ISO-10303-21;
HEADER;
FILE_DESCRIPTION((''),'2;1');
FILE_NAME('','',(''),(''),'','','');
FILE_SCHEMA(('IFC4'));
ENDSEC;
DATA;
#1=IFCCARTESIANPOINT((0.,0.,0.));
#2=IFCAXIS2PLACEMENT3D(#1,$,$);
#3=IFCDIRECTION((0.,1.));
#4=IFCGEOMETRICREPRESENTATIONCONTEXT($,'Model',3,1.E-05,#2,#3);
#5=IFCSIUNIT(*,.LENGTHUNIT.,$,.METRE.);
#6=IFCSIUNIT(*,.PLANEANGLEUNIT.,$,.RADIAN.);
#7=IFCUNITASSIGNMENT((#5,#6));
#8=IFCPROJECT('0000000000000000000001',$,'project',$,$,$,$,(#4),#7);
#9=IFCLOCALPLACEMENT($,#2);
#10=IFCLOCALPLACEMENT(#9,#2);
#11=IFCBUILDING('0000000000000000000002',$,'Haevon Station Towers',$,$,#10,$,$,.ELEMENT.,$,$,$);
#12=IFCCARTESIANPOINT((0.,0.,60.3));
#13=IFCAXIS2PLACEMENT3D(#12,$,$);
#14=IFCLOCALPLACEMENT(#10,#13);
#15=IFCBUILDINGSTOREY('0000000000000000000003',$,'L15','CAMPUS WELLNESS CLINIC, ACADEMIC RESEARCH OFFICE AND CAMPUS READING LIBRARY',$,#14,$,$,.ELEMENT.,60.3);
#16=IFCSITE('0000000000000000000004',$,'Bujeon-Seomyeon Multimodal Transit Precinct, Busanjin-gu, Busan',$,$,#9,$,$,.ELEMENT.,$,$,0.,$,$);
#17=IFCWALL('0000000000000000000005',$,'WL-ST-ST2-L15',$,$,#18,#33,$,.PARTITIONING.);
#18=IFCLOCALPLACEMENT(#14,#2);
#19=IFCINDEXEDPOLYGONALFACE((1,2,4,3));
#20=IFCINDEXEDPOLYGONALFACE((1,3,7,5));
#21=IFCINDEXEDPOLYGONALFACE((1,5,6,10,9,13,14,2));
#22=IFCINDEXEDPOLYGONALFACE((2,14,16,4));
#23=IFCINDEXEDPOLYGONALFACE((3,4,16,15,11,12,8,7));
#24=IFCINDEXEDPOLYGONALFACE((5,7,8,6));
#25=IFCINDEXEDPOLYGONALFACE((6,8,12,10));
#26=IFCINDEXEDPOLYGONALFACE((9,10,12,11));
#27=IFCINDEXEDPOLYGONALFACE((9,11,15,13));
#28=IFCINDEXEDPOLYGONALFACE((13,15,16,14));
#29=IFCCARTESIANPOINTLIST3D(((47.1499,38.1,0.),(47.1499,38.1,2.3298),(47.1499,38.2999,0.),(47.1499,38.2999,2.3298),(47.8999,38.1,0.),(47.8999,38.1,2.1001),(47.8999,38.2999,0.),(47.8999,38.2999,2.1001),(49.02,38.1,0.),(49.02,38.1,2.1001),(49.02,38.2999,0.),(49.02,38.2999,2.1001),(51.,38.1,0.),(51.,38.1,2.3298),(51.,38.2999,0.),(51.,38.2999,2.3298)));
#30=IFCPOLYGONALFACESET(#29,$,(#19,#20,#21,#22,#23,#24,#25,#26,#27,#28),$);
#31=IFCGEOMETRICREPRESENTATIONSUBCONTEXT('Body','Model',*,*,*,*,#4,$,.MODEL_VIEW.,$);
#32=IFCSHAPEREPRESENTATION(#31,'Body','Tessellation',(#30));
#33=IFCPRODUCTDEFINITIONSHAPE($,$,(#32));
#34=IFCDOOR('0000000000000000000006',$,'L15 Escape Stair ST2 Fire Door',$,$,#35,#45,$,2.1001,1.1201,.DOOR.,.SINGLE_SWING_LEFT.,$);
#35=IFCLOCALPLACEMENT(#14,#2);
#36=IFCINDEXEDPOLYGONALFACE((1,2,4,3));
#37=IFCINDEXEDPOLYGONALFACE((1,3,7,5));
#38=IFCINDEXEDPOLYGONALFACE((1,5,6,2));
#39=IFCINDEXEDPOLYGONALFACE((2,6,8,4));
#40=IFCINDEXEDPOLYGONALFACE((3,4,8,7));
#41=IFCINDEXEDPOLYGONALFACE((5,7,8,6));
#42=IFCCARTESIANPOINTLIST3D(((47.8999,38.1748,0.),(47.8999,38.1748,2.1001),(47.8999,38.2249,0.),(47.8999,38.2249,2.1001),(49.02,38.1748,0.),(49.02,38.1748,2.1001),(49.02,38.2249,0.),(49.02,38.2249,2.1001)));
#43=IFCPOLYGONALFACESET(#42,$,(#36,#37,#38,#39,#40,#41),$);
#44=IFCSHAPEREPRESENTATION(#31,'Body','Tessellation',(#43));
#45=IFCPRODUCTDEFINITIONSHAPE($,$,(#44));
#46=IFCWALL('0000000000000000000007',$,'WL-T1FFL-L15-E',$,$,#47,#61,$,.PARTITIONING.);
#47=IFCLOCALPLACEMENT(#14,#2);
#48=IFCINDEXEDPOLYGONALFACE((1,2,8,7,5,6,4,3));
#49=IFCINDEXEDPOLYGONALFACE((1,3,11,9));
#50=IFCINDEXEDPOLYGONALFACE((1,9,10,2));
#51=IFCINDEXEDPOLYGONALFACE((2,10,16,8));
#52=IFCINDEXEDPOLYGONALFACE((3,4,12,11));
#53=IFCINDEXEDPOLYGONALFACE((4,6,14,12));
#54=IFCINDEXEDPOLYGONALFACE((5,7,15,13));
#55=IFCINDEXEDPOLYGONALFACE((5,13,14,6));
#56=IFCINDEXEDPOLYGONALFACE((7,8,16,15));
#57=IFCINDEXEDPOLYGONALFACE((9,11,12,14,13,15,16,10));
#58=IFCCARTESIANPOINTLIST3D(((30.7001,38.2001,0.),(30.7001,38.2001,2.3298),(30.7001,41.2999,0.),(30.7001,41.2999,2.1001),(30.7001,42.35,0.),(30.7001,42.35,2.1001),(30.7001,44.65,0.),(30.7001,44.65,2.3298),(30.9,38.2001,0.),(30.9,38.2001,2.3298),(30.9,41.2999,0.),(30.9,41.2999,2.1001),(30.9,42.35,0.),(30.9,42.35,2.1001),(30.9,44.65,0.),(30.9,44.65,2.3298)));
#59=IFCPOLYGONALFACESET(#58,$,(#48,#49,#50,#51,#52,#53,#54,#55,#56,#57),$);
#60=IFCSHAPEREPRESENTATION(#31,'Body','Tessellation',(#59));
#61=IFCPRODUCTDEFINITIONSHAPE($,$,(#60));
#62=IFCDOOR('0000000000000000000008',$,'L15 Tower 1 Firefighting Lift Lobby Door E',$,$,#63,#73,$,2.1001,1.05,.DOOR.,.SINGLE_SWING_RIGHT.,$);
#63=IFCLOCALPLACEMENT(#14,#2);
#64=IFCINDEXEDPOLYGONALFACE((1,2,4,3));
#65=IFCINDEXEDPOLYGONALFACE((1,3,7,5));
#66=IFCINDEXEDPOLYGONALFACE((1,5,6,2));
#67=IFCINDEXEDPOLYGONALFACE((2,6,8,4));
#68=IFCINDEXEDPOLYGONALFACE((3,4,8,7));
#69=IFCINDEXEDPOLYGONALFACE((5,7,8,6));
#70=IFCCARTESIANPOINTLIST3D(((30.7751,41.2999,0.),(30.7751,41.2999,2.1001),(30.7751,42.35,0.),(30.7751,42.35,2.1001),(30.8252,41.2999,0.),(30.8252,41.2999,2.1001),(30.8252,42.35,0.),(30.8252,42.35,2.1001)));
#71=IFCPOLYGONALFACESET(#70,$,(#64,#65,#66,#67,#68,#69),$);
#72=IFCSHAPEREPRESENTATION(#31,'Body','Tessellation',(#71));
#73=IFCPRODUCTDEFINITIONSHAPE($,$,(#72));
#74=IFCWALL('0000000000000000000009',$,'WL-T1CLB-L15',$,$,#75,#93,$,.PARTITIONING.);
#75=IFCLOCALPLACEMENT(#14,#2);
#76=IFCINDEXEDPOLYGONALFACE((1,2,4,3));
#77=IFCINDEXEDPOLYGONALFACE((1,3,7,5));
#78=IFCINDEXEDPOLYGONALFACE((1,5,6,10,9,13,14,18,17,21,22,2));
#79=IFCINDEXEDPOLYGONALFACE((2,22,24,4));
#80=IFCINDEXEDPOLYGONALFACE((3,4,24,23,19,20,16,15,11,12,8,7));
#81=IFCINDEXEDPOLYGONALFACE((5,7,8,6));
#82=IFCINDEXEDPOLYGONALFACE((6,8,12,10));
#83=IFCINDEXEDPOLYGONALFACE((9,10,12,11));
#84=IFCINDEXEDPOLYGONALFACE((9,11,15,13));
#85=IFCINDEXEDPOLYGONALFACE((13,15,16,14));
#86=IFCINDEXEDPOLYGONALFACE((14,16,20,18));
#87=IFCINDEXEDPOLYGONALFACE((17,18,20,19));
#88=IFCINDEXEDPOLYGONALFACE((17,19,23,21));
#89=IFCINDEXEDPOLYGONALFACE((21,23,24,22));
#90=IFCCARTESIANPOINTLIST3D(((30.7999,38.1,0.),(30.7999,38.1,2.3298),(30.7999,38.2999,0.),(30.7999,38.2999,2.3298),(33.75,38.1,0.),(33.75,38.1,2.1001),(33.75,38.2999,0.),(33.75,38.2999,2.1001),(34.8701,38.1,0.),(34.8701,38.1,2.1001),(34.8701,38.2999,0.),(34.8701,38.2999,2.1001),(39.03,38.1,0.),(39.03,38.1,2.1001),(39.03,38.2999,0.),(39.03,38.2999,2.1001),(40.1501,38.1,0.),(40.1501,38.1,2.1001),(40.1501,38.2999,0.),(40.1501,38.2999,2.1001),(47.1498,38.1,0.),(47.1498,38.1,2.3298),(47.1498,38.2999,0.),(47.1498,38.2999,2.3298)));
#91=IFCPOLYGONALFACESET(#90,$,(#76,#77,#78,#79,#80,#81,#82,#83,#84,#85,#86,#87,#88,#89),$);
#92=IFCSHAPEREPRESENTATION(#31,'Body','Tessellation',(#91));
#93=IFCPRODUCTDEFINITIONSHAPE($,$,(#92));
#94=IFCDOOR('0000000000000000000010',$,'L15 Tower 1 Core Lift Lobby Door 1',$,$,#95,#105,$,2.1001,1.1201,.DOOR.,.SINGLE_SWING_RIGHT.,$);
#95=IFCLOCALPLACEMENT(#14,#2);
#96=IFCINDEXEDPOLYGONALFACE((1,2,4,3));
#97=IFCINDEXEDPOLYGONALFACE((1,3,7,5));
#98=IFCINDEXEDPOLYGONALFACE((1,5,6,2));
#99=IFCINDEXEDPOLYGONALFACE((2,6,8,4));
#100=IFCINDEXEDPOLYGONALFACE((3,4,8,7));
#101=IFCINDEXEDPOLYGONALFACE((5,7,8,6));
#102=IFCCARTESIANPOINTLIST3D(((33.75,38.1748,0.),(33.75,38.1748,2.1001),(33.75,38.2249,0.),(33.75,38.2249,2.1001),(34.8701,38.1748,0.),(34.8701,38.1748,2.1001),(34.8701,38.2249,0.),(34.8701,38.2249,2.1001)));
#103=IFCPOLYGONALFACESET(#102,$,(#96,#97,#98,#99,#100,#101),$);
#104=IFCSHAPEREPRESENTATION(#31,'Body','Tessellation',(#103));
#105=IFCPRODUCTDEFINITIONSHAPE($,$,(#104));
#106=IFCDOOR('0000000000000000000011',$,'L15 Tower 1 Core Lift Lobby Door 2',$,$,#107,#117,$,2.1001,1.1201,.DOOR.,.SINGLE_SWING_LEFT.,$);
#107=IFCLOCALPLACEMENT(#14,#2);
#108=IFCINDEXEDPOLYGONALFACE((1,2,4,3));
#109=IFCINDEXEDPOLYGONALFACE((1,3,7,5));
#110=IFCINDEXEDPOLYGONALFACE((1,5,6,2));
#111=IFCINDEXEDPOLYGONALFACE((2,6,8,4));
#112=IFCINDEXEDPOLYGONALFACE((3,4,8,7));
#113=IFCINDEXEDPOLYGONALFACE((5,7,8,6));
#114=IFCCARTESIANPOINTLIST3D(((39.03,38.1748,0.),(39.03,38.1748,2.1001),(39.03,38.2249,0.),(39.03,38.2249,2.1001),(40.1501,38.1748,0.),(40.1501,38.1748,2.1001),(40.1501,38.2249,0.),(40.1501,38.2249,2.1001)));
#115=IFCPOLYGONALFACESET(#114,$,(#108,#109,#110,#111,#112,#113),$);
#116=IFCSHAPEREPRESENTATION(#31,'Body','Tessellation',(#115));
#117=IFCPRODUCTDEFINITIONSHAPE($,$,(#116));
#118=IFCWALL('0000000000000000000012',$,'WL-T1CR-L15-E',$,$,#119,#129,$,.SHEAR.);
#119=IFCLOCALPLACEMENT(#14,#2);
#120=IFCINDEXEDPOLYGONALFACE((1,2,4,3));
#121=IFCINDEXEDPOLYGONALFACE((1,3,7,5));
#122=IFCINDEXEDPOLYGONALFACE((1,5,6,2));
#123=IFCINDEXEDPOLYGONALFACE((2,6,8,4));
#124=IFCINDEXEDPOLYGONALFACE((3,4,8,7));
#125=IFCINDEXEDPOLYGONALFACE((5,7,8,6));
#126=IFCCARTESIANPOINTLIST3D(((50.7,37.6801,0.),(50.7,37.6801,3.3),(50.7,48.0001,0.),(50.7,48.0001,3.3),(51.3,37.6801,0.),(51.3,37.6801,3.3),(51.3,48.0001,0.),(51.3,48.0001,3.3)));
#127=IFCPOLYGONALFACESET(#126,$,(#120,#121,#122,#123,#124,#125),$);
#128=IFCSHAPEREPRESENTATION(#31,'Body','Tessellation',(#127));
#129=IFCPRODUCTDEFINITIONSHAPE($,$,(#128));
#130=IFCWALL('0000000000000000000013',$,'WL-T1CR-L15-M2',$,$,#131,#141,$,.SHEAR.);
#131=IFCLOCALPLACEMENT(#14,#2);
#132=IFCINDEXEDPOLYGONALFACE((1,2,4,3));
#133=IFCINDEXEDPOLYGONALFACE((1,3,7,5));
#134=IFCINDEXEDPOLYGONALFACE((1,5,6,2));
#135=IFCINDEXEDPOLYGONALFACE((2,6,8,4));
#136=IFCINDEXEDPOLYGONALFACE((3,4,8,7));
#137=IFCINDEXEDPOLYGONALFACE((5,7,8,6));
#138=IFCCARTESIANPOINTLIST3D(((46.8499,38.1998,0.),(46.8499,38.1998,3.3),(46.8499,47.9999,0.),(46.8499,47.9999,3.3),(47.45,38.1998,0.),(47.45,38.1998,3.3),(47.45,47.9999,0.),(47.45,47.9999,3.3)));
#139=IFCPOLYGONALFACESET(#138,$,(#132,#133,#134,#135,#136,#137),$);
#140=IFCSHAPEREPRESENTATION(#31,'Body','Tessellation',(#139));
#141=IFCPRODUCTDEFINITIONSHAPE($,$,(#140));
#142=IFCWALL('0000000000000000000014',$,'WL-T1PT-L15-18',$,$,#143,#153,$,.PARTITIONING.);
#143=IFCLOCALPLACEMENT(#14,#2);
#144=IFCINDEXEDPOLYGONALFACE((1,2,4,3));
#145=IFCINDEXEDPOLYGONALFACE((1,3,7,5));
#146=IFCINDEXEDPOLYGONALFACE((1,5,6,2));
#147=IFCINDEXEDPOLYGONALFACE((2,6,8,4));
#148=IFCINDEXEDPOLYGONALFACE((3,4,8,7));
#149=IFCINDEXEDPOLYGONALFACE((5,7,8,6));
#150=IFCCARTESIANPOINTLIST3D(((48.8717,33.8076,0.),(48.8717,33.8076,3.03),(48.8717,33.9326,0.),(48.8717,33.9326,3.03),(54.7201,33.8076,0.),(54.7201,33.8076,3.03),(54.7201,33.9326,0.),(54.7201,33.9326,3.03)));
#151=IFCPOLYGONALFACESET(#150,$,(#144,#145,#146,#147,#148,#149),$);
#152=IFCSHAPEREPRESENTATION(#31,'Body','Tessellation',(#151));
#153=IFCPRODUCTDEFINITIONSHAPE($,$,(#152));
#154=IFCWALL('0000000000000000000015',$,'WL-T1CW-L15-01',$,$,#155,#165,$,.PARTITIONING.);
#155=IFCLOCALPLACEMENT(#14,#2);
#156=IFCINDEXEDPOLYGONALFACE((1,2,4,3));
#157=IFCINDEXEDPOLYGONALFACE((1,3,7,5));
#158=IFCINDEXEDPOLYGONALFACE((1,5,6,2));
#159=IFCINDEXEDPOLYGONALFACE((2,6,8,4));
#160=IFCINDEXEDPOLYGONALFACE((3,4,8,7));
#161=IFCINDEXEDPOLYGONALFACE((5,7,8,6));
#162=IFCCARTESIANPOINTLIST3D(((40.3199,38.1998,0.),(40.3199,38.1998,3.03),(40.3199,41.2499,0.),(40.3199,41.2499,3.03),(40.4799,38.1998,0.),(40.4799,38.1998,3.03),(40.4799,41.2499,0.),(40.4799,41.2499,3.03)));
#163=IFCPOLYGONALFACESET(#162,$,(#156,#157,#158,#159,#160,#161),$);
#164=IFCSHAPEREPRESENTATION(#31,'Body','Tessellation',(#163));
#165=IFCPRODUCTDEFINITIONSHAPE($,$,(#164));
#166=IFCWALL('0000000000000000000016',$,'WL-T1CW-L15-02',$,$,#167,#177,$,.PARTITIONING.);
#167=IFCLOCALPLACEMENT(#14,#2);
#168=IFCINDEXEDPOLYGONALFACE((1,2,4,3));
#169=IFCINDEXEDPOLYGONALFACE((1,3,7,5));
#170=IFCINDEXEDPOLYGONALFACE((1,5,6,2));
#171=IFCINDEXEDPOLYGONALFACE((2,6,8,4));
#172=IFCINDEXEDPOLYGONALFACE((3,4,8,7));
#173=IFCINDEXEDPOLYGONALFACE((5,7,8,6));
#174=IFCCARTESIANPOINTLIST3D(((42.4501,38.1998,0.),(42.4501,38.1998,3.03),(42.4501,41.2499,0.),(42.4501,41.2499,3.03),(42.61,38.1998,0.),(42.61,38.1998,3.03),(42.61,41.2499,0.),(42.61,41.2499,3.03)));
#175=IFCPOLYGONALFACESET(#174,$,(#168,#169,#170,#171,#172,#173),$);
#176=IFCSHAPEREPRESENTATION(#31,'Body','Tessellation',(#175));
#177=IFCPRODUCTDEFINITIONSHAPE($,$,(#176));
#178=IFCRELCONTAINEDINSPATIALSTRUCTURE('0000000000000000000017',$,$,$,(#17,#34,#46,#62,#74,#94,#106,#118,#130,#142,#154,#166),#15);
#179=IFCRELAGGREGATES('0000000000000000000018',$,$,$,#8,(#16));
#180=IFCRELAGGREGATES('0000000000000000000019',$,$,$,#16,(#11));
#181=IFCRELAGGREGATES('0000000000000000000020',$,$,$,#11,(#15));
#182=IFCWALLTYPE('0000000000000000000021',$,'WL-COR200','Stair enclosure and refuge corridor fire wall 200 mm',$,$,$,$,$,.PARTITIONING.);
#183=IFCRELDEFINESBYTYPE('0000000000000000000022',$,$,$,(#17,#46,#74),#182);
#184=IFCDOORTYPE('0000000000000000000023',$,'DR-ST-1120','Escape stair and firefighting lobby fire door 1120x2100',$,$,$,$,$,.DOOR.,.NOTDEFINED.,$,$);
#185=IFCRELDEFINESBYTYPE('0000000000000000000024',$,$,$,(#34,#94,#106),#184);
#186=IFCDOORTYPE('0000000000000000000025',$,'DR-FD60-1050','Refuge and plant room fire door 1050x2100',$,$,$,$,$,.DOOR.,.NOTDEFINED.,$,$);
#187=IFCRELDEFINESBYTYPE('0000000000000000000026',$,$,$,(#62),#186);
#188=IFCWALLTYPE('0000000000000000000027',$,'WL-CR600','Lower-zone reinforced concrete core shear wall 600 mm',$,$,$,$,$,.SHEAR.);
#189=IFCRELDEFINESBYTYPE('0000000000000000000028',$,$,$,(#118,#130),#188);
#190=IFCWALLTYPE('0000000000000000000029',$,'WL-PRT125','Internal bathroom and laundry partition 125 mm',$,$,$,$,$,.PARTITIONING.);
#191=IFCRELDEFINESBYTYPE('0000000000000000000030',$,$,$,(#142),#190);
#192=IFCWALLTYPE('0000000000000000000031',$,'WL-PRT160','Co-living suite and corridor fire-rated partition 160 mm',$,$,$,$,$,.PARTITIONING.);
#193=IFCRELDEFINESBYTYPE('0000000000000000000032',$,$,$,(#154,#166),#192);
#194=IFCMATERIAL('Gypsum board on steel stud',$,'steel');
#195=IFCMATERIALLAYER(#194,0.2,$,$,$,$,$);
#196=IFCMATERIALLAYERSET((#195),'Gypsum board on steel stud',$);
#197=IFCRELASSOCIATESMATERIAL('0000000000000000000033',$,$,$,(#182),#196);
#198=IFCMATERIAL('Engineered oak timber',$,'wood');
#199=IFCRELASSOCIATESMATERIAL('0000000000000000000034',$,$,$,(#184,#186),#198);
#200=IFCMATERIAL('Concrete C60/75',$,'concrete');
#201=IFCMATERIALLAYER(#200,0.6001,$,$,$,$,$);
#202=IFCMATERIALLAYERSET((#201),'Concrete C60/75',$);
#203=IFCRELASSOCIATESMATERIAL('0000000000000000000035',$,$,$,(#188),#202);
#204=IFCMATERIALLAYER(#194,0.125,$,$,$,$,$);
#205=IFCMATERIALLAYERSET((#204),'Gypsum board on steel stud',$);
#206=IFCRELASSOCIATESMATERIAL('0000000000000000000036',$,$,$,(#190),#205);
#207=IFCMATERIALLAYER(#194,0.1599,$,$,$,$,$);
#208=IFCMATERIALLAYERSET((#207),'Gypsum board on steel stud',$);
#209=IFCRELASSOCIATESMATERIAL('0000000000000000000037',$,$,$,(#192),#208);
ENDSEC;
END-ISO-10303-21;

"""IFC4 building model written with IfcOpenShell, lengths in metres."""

from ifc_helpers import new_model, si_unit, direction, frame, frame_2d, origin, place, context, subcontext, project, spatial, rectangle, extrude, material, layer, layer_set, type_object, element, fill, save


model = new_model("IFC4")

# Units and contexts
model_context = context("Model", 3, precision=1e-05, world=origin(), true_north=direction((0.0, 1.0)))
body_context = subcontext(model_context, "Body", "Model", "MODEL_VIEW")
ifc_project = project(units=[si_unit("LENGTHUNIT", "METRE"), si_unit("PLANEANGLEUNIT", "RADIAN")], contexts=[model_context])

# Site, building, storey
site_placement = place(None, origin())
site = spatial("IfcSite", under=ifc_project, at=site_placement, Name="Bujeon-Seomyeon Multimodal Transit Precinct, Busanjin-gu, Busan", CompositionType="ELEMENT", RefElevation=0.0)
building_placement = place(site_placement, origin())
building = spatial("IfcBuilding", under=site, at=building_placement, Name="Haevon Station Towers", CompositionType="ELEMENT")
storey_placement = place(building_placement, frame((0.0, 0.0, 60.3)))
storey = spatial("IfcBuildingStorey", under=building, at=storey_placement, Name="L15", Description="CAMPUS WELLNESS CLINIC, ACADEMIC RESEARCH OFFICE AND CAMPUS READING LIBRARY", CompositionType="ELEMENT", Elevation=60.3)

# Walls, openings, doors
ifc_material_1 = material(Name="Gypsum board on steel stud", Category="steel")
ifc_layer_1 = layer(ifc_material_1, 0.2)
ifc_layer_set_1 = layer_set([ifc_layer_1], Name="Gypsum board on steel stud")
wall_type_1 = type_object("IfcWallType", Name="WL-COR200", Description="Stair enclosure and refuge corridor fire wall 200 mm", PredefinedType="PARTITIONING", material=ifc_layer_set_1)
wall_1_placement = place(storey_placement, frame((47.1499, 38.2, 0.0), z_axis=(0.0, 0.0, 1.0), x_axis=(1.0, 0.0, 0.0)))
wall_1 = element("IfcWall", 1, at=wall_1_placement, inside=storey, type_object=wall_type_1, Name="WL-ST-ST2-L15", PredefinedType="PARTITIONING", context=body_context, shape_type="SweptSolid", body=[
    extrude(rectangle(XDim=3.8501, YDim=0.2, at=frame_2d((1.925, 0.0))), origin(), (0.0, 0.0, 1.0), 2.3298),
])
opening_1_placement = place(wall_1_placement, frame((0.75, 0.0, 0.0)))
opening_1 = element("IfcOpeningElement", 2, at=opening_1_placement, cuts=wall_1, PredefinedType="OPENING", context=body_context, shape_type="SweptSolid", body=[
    extrude(rectangle(XDim=1.1201, YDim=2.1001, at=frame_2d((0.5601, 1.05))), frame((0.0, 0.1099, 0.0), z_axis=(0.0, -1.0, 0.0), x_axis=(1.0, 0.0, 0.0)), (0.0, 0.0, 1.0), 0.22),
])
ifc_material_2 = material(Name="Engineered oak timber", Category="wood")
door_type_1 = type_object("IfcDoorType", Name="DR-ST-1120", Description="Escape stair and firefighting lobby fire door 1120x2100", OperationType="NOTDEFINED", PredefinedType="DOOR", material=ifc_material_2)
door_1_placement = place(opening_1_placement, origin())
door_1 = element("IfcDoor", 3, at=door_1_placement, inside=storey, type_object=door_type_1, Name="L15 Escape Stair ST2 Fire Door", OperationType="SINGLE_SWING_LEFT", OverallHeight=2.1001, OverallWidth=1.1201, PredefinedType="DOOR", context=body_context, shape_type="SweptSolid", body=[
    extrude(rectangle(XDim=1.1201, YDim=2.1001, at=frame_2d((0.5601, 1.05))), frame((0.0, 0.0249, 0.0), z_axis=(0.0, -1.0, 0.0), x_axis=(1.0, 0.0, 0.0)), (0.0, 0.0, 1.0), 0.05),
])
fill(opening_1, door_1)
wall_2_placement = place(storey_placement, frame((30.8, 38.2, 0.0), z_axis=(0.0, 0.0, 1.0), x_axis=(0.0, 1.0, 0.0)))
wall_2 = element("IfcWall", 4, at=wall_2_placement, inside=storey, type_object=wall_type_1, Name="WL-T1FFL-L15-E", PredefinedType="PARTITIONING", context=body_context, shape_type="SweptSolid", body=[
    extrude(rectangle(XDim=6.45, YDim=0.2, at=frame_2d((3.2251, 0.0))), origin(), (0.0, 0.0, 1.0), 2.3298),
])
opening_2_placement = place(wall_2_placement, frame((3.1001, 0.0, 0.0)))
opening_2 = element("IfcOpeningElement", 5, at=opening_2_placement, cuts=wall_2, PredefinedType="OPENING", context=body_context, shape_type="SweptSolid", body=[
    extrude(rectangle(XDim=1.05, YDim=2.1001, at=frame_2d((0.5249, 1.05))), frame((0.0, 0.1099, 0.0), z_axis=(0.0, -1.0, 0.0), x_axis=(1.0, 0.0, 0.0)), (0.0, 0.0, 1.0), 0.22),
])
door_type_2 = type_object("IfcDoorType", Name="DR-FD60-1050", Description="Refuge and plant room fire door 1050x2100", OperationType="NOTDEFINED", PredefinedType="DOOR", material=ifc_material_2)
door_2_placement = place(opening_2_placement, origin())
door_2 = element("IfcDoor", 6, at=door_2_placement, inside=storey, type_object=door_type_2, Name="L15 Tower 1 Firefighting Lift Lobby Door E", OperationType="SINGLE_SWING_RIGHT", OverallHeight=2.1001, OverallWidth=1.05, PredefinedType="DOOR", context=body_context, shape_type="SweptSolid", body=[
    extrude(rectangle(XDim=1.05, YDim=2.1001, at=frame_2d((0.5249, 1.05))), frame((0.0, 0.0249, 0.0), z_axis=(0.0, -1.0, 0.0), x_axis=(1.0, 0.0, 0.0)), (0.0, 0.0, 1.0), 0.05),
])
fill(opening_2, door_2)

# Wall, openings, doors
wall_3_placement = place(storey_placement, frame((30.8, 38.2, 0.0), z_axis=(0.0, 0.0, 1.0), x_axis=(1.0, 0.0, 0.0)))
wall_3 = element("IfcWall", 7, at=wall_3_placement, inside=storey, type_object=wall_type_1, Name="WL-T1CLB-L15", PredefinedType="PARTITIONING", context=body_context, shape_type="SweptSolid", body=[
    extrude(rectangle(XDim=16.3499, YDim=0.2, at=frame_2d((8.1748, 0.0))), origin(), (0.0, 0.0, 1.0), 2.3298),
])
opening_3_placement = place(wall_3_placement, frame((2.95, 0.0, 0.0)))
opening_3 = element("IfcOpeningElement", 8, at=opening_3_placement, cuts=wall_3, PredefinedType="OPENING", context=body_context, shape_type="SweptSolid", body=[
    extrude(rectangle(XDim=1.1201, YDim=2.1001, at=frame_2d((0.5601, 1.05))), frame((0.0, 0.1099, 0.0), z_axis=(0.0, -1.0, 0.0), x_axis=(1.0, 0.0, 0.0)), (0.0, 0.0, 1.0), 0.22),
])
opening_4_placement = place(wall_3_placement, frame((8.23, 0.0, 0.0)))
opening_4 = element("IfcOpeningElement", 9, at=opening_4_placement, cuts=wall_3, PredefinedType="OPENING", context=body_context, shape_type="SweptSolid", body=[
    extrude(rectangle(XDim=1.1201, YDim=2.1001, at=frame_2d((0.5601, 1.05))), frame((0.0, 0.1099, 0.0), z_axis=(0.0, -1.0, 0.0), x_axis=(1.0, 0.0, 0.0)), (0.0, 0.0, 1.0), 0.22),
])
door_3_placement = place(opening_3_placement, origin())
door_3 = element("IfcDoor", 10, at=door_3_placement, inside=storey, type_object=door_type_1, Name="L15 Tower 1 Core Lift Lobby Door 1", OperationType="SINGLE_SWING_RIGHT", OverallHeight=2.1001, OverallWidth=1.1201, PredefinedType="DOOR", context=body_context, shape_type="SweptSolid", body=[
    extrude(rectangle(XDim=1.1201, YDim=2.1001, at=frame_2d((0.5601, 1.05))), frame((0.0, 0.0249, 0.0), z_axis=(0.0, -1.0, 0.0), x_axis=(1.0, 0.0, 0.0)), (0.0, 0.0, 1.0), 0.05),
])
fill(opening_3, door_3)
door_4_placement = place(opening_4_placement, origin())
door_4 = element("IfcDoor", 11, at=door_4_placement, inside=storey, type_object=door_type_1, Name="L15 Tower 1 Core Lift Lobby Door 2", OperationType="SINGLE_SWING_LEFT", OverallHeight=2.1001, OverallWidth=1.1201, PredefinedType="DOOR", context=body_context, shape_type="SweptSolid", body=[
    extrude(rectangle(XDim=1.1201, YDim=2.1001, at=frame_2d((0.5601, 1.05))), frame((0.0, 0.0249, 0.0), z_axis=(0.0, -1.0, 0.0), x_axis=(1.0, 0.0, 0.0)), (0.0, 0.0, 1.0), 0.05),
])
fill(opening_4, door_4)

# Walls
ifc_material_3 = material(Name="Concrete C60/75", Category="concrete")
ifc_layer_2 = layer(ifc_material_3, 0.6001)
ifc_layer_set_2 = layer_set([ifc_layer_2], Name="Concrete C60/75")
wall_type_2 = type_object("IfcWallType", Name="WL-CR600", Description="Lower-zone reinforced concrete core shear wall 600 mm", PredefinedType="SHEAR", material=ifc_layer_set_2)
wall_4_placement = place(storey_placement, frame((51.0, 37.6799, 0.0), z_axis=(0.0, 0.0, 1.0), x_axis=(0.0, 1.0, 0.0)))
element("IfcWall", 12, at=wall_4_placement, inside=storey, type_object=wall_type_2, Name="WL-T1CR-L15-E", PredefinedType="SHEAR", context=body_context, shape_type="SweptSolid", body=[
    extrude(rectangle(XDim=10.3201, YDim=0.6001, at=frame_2d((5.1602, 0.0))), origin(), (0.0, 0.0, 1.0), 3.3),
])
wall_5_placement = place(storey_placement, frame((47.1499, 38.2, 0.0), z_axis=(0.0, 0.0, 1.0), x_axis=(0.0, 1.0, 0.0)))
element("IfcWall", 13, at=wall_5_placement, inside=storey, type_object=wall_type_2, Name="WL-T1CR-L15-M2", PredefinedType="SHEAR", context=body_context, shape_type="SweptSolid", body=[
    extrude(rectangle(XDim=9.8, YDim=0.6001, at=frame_2d((4.8999, 0.0))), origin(), (0.0, 0.0, 1.0), 3.3),
])
ifc_layer_3 = layer(ifc_material_1, 0.125)
ifc_layer_set_3 = layer_set([ifc_layer_3], Name="Gypsum board on steel stud")
wall_type_3 = type_object("IfcWallType", Name="WL-PRT125", Description="Internal bathroom and laundry partition 125 mm", PredefinedType="PARTITIONING", material=ifc_layer_set_3)
wall_6_placement = place(storey_placement, frame((48.8716, 33.8701, 0.0), z_axis=(0.0, 0.0, 1.0), x_axis=(1.0, 0.0, 0.0)))
element("IfcWall", 14, at=wall_6_placement, inside=storey, type_object=wall_type_3, Name="WL-T1PT-L15-18", PredefinedType="PARTITIONING", context=body_context, shape_type="SweptSolid", body=[
    extrude(rectangle(XDim=5.8484, YDim=0.125, at=frame_2d((2.9243, 0.0))), origin(), (0.0, 0.0, 1.0), 3.03),
])
ifc_layer_4 = layer(ifc_material_1, 0.1599)
ifc_layer_set_4 = layer_set([ifc_layer_4], Name="Gypsum board on steel stud")
wall_type_4 = type_object("IfcWallType", Name="WL-PRT160", Description="Co-living suite and corridor fire-rated partition 160 mm", PredefinedType="PARTITIONING", material=ifc_layer_set_4)
for number, where, z_axis, x_axis, name in (
    (15, (40.3999, 38.2, 0.0), (0.0, 0.0, 1.0), (0.0, 1.0, 0.0), "WL-T1CW-L15-01"),
    (16, (42.53, 38.2, 0.0), (0.0, 0.0, 1.0), (0.0, 1.0, 0.0), "WL-T1CW-L15-02"),
):
    element("IfcWall", number, at=place(storey_placement, frame(where, z_axis=z_axis, x_axis=x_axis)), inside=storey, type_object=wall_type_4, Name=name, PredefinedType="PARTITIONING", context=body_context, shape_type="SweptSolid", body=[
        extrude(rectangle(XDim=3.05, YDim=0.1599, at=frame_2d((1.5249, 0.0))), origin(), (0.0, 0.0, 1.0), 3.03),
    ])

save(model, "model.ifc")
